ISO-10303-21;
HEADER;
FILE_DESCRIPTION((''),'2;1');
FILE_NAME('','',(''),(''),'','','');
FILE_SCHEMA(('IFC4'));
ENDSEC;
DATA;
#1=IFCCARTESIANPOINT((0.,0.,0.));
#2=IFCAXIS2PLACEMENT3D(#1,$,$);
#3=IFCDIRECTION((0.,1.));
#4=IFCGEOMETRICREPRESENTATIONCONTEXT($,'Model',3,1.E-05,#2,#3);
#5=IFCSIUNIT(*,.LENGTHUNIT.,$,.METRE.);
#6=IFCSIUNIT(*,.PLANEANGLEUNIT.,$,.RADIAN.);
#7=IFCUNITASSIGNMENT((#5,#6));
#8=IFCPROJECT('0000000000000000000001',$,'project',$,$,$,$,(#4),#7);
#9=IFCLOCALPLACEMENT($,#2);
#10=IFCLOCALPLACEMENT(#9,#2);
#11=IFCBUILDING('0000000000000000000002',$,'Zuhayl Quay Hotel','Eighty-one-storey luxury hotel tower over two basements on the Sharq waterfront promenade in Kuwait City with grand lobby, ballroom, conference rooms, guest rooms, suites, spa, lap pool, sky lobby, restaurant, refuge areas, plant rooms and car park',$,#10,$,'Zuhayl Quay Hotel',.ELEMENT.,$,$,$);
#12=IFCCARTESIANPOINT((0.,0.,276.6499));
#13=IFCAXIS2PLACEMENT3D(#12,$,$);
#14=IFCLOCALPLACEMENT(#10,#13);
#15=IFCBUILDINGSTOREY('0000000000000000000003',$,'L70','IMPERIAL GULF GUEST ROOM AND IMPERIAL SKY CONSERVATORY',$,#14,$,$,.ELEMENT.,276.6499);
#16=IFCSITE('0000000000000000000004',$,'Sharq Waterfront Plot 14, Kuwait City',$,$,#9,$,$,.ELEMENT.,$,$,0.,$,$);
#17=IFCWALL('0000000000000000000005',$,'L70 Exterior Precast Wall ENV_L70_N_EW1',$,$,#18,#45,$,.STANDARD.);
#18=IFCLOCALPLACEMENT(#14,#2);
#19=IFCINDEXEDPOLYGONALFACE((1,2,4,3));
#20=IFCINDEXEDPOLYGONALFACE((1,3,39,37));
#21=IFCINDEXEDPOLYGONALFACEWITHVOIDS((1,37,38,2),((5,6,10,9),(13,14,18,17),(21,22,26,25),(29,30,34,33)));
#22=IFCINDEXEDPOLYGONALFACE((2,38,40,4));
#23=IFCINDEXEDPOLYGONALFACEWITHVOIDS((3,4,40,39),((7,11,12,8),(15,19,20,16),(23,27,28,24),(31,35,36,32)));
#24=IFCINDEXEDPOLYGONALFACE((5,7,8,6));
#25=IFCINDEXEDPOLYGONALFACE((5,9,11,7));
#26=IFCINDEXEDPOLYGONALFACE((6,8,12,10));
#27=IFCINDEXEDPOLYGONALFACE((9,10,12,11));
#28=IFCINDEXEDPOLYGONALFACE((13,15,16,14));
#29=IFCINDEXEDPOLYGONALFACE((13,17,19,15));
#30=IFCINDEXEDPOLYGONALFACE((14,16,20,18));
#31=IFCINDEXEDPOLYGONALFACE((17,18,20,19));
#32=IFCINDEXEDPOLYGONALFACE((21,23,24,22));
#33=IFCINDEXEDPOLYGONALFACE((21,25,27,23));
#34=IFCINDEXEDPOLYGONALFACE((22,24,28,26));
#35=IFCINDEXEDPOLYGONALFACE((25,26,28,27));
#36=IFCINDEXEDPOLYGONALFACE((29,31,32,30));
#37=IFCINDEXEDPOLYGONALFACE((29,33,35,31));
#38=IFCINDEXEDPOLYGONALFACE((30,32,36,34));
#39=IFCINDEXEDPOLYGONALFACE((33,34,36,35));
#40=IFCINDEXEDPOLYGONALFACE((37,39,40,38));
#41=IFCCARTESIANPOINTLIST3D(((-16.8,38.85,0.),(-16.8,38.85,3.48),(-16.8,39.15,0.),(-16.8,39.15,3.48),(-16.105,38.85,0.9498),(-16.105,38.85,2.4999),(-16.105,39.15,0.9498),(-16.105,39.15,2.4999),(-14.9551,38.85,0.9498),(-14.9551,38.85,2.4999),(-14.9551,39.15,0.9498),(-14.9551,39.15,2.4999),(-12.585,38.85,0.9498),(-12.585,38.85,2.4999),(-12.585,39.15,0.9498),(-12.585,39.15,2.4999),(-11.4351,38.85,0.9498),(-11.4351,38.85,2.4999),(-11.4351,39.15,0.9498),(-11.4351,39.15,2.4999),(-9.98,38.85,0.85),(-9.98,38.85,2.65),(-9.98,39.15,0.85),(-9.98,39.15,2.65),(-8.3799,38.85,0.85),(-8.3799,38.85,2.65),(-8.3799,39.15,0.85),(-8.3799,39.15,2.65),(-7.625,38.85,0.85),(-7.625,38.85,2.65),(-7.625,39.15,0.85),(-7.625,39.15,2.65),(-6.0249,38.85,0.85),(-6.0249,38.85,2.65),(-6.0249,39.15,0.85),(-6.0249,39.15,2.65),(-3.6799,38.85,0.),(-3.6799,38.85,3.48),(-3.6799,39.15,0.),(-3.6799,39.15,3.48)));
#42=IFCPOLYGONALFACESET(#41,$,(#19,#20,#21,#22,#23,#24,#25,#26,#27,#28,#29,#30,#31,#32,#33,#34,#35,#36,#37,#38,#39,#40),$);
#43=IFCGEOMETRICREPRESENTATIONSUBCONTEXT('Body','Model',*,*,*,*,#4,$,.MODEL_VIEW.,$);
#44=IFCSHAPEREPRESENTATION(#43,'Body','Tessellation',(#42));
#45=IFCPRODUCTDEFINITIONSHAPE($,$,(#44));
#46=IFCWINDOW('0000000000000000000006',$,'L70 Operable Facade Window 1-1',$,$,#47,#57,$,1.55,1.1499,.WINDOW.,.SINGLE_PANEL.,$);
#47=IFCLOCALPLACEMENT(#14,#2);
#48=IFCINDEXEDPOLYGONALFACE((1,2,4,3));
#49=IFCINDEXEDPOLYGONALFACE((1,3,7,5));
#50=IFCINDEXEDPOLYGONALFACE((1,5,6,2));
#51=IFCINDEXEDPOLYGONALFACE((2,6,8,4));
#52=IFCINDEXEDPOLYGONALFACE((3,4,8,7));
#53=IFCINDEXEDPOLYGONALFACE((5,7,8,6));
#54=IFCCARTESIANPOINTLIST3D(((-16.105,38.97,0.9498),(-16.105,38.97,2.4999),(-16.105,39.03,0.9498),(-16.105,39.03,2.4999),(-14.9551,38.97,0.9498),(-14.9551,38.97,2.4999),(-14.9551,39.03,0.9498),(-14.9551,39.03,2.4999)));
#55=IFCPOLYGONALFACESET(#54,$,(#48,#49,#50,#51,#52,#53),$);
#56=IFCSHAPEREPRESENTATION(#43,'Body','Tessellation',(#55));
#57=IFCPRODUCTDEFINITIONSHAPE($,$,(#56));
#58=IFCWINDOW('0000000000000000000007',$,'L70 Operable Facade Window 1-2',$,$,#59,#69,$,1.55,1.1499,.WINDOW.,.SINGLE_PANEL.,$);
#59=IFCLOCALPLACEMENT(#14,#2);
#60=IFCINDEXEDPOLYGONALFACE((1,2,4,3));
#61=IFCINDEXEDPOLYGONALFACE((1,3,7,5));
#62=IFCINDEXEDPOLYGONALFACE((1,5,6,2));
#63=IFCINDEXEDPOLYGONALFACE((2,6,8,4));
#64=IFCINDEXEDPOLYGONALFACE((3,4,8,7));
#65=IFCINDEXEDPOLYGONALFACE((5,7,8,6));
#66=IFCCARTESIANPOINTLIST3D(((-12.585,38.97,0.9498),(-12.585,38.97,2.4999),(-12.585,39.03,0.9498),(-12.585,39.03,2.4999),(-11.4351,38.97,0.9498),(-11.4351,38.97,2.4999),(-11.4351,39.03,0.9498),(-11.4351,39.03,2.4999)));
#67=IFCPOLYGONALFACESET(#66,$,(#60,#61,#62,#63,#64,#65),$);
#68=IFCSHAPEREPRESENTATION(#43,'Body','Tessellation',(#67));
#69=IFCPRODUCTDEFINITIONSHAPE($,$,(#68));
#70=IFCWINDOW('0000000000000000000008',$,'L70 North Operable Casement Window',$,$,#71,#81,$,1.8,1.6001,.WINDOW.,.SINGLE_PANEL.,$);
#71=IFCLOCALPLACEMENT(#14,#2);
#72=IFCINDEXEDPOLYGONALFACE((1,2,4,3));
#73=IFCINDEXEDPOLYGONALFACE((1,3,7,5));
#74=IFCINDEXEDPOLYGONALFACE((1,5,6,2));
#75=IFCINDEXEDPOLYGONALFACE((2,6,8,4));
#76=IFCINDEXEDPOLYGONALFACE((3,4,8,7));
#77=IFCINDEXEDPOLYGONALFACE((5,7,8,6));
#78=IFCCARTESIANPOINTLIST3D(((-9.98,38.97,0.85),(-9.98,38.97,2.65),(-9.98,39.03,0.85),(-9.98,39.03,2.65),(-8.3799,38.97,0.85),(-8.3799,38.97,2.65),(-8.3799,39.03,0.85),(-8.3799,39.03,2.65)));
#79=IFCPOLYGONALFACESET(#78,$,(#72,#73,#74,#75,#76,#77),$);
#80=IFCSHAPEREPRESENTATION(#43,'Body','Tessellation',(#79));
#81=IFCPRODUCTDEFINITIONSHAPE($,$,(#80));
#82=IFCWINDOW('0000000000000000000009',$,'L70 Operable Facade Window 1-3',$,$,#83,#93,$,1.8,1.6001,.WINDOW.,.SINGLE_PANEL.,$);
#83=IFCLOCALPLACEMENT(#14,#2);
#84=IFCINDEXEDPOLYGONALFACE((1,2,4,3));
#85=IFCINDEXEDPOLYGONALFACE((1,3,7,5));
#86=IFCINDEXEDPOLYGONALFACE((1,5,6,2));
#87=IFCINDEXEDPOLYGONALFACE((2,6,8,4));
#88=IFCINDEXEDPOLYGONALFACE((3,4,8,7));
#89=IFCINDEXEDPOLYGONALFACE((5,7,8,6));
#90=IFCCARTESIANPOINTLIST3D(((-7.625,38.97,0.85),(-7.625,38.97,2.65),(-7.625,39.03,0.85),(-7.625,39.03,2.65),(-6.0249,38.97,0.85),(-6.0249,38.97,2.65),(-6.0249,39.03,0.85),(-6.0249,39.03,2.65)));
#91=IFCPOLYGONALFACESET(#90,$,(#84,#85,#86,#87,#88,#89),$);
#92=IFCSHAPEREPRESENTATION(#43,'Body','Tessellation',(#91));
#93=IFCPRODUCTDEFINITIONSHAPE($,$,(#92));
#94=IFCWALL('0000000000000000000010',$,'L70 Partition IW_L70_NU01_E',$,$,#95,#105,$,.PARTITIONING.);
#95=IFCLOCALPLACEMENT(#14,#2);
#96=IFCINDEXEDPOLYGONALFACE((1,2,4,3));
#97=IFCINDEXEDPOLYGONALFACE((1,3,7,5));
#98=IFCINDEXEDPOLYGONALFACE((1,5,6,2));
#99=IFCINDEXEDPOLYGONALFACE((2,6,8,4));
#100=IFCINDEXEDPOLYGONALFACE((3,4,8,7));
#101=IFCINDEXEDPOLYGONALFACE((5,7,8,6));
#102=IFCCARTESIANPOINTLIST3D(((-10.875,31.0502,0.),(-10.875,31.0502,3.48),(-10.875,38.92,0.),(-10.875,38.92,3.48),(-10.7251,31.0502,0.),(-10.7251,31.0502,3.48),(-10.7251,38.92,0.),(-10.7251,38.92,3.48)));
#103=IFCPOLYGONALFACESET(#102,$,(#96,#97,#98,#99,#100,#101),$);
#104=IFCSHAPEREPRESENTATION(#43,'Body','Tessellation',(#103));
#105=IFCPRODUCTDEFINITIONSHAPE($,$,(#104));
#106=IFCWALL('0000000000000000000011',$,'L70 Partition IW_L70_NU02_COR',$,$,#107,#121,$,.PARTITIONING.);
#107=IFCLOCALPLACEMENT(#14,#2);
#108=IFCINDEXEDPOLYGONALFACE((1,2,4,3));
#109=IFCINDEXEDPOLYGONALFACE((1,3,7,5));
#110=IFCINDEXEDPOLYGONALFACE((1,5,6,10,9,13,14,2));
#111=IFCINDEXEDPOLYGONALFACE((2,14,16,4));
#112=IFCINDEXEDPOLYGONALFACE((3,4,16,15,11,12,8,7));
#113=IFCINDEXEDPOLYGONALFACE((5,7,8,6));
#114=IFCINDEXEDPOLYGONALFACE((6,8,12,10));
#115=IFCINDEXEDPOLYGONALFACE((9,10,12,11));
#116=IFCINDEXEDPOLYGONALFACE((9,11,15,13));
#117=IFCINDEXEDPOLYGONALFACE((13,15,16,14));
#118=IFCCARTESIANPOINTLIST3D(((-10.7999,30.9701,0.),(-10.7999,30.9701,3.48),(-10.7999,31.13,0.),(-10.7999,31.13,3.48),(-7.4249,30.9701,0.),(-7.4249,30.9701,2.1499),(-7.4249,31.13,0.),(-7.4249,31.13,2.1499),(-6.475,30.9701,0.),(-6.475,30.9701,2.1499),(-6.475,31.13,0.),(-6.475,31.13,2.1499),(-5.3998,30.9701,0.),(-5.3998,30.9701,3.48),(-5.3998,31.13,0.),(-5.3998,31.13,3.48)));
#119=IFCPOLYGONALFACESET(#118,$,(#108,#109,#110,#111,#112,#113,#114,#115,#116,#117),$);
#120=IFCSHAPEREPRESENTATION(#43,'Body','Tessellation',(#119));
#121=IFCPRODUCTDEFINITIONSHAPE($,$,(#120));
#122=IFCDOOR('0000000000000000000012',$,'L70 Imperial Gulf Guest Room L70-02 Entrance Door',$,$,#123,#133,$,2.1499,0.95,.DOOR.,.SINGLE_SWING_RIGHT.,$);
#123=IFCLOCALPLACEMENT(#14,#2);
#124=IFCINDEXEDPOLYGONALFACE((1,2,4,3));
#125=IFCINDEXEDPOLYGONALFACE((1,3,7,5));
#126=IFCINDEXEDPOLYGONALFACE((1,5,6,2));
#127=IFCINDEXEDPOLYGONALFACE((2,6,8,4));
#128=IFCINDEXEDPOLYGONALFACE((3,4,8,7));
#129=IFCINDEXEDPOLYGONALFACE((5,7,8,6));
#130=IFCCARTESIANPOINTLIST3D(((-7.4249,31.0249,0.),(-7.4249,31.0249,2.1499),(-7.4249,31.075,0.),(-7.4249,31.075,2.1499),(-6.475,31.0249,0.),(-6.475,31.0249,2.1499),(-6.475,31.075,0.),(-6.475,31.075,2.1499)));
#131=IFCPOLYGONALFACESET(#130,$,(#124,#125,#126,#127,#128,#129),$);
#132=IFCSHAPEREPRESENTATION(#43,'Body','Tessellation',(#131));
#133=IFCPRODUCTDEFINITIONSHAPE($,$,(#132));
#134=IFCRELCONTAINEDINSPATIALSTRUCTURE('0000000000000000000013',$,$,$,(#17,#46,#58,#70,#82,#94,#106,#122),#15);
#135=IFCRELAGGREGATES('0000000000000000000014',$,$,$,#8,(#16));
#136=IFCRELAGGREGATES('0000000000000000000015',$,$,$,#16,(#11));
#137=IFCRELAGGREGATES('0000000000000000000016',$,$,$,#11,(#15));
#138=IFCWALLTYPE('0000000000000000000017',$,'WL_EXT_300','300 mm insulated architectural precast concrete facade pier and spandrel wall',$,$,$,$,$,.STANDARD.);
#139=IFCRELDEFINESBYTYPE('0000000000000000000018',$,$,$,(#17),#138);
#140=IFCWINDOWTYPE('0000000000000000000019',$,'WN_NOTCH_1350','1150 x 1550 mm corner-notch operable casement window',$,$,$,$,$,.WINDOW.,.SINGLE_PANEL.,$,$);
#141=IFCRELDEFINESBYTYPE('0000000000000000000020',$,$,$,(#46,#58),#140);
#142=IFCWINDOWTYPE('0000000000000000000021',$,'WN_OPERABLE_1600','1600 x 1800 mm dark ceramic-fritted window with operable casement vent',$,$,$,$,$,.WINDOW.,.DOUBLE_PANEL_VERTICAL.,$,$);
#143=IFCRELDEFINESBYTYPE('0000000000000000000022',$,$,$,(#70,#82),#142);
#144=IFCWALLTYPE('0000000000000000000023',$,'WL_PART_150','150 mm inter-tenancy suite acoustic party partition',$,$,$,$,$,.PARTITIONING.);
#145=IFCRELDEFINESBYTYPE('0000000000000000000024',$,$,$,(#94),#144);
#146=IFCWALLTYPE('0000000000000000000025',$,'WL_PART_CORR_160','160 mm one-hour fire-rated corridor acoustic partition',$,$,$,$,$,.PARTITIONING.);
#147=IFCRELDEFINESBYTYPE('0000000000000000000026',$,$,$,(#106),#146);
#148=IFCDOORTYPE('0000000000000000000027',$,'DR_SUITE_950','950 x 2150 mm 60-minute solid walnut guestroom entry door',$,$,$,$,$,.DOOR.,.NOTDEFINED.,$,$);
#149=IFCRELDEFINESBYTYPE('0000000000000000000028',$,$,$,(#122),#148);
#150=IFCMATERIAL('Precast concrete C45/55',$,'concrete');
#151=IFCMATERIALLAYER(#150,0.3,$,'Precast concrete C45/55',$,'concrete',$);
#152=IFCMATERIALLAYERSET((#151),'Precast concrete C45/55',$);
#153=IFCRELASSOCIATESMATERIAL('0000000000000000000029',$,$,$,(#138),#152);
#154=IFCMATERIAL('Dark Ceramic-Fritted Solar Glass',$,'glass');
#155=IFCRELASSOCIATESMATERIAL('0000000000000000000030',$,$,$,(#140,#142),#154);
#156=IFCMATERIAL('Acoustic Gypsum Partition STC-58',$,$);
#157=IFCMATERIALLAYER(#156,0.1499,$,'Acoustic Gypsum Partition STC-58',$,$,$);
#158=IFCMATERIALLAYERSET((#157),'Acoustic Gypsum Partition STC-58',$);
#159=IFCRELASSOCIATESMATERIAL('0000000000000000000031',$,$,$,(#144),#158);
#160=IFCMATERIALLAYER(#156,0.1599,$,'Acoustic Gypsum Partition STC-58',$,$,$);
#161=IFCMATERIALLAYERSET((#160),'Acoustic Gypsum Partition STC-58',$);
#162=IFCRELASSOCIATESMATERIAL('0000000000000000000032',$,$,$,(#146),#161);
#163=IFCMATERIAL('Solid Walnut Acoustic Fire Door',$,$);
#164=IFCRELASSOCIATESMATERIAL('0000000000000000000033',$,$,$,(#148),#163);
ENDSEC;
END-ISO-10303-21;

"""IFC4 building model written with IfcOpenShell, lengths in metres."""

from ifc_helpers import new_model, si_unit, direction, frame, frame_2d, origin, place, context, subcontext, project, spatial, rectangle, extrude, material, layer, layer_set, type_object, element, fill, save


model = new_model("IFC4")

# Units and contexts
model_context = context("Model", 3, precision=1e-05, world=origin(), true_north=direction((0.0, 1.0)))
body_context = subcontext(model_context, "Body", "Model", "MODEL_VIEW")
ifc_project = project(units=[si_unit("LENGTHUNIT", "METRE"), si_unit("PLANEANGLEUNIT", "RADIAN")], contexts=[model_context])

# Site, building, storey
site_placement = place(None, origin())
site = spatial("IfcSite", under=ifc_project, at=site_placement, Name="Sharq Waterfront Plot 14, Kuwait City", CompositionType="ELEMENT", RefElevation=0.0)
building_placement = place(site_placement, origin())
building = spatial("IfcBuilding", under=site, at=building_placement, Name="Zuhayl Quay Hotel", Description="Eighty-one-storey luxury hotel tower over two basements on the Sharq waterfront promenade in Kuwait City with grand lobby, ballroom, conference rooms, guest rooms, suites, spa, lap pool, sky lobby, restaurant, refuge areas, plant rooms and car park", LongName="Zuhayl Quay Hotel", CompositionType="ELEMENT")
storey_placement = place(building_placement, frame((0.0, 0.0, 276.6499)))
storey = spatial("IfcBuildingStorey", under=building, at=storey_placement, Name="L70", Description="IMPERIAL GULF GUEST ROOM AND IMPERIAL SKY CONSERVATORY", CompositionType="ELEMENT", Elevation=276.6499)

# Shared definitions
ifc_material_1 = material(Name="Precast concrete C45/55", Category="concrete")
ifc_layer_1 = layer(ifc_material_1, 0.3, Name="Precast concrete C45/55", Category="concrete")
ifc_layer_set_1 = layer_set([ifc_layer_1], Name="Precast concrete C45/55")
wall_type_1 = type_object("IfcWallType", Name="WL_EXT_300", Description="300 mm insulated architectural precast concrete facade pier and spandrel wall", PredefinedType="STANDARD", material=ifc_layer_set_1)
ifc_material_2 = material(Name="Dark Ceramic-Fritted Solar Glass", Category="glass")
window_type_1 = type_object("IfcWindowType", Name="WN_NOTCH_1350", Description="1150 x 1550 mm corner-notch operable casement window", PartitioningType="SINGLE_PANEL", PredefinedType="WINDOW", material=ifc_material_2)

# Wall, openings, windows
wall_1_placement = place(storey_placement, frame((-16.8, 39.0, 0.0), z_axis=(0.0, 0.0, 1.0), x_axis=(1.0, 0.0, 0.0)))
wall_1 = element("IfcWall", 1, at=wall_1_placement, inside=storey, type_object=wall_type_1, Name="L70 Exterior Precast Wall ENV_L70_N_EW1", PredefinedType="STANDARD", context=body_context, shape_type="SweptSolid", body=[
    extrude(rectangle(XDim=13.1201, YDim=0.3, at=frame_2d((6.5601, 0.0))), origin(), (0.0, 0.0, 1.0), 3.48),
])
opening_1_placement = place(wall_1_placement, frame((6.8201, 0.0, 0.8501)))
opening_1 = element("IfcOpeningElement", 2, at=opening_1_placement, cuts=wall_1, PredefinedType="OPENING", context=body_context, shape_type="SweptSolid", body=[
    extrude(rectangle(XDim=1.6001, YDim=1.8, at=frame_2d((0.8, 0.8999))), frame((0.0, 0.1599, 0.0), z_axis=(0.0, -1.0, 0.0), x_axis=(1.0, 0.0, 0.0)), (0.0, 0.0, 1.0), 0.3201),
])
opening_2_placement = place(wall_1_placement, frame((0.6951, 0.0, 0.95)))
opening_2 = element("IfcOpeningElement", 3, at=opening_2_placement, cuts=wall_1, PredefinedType="OPENING", context=body_context, shape_type="SweptSolid", body=[
    extrude(rectangle(XDim=1.1499, YDim=1.55, at=frame_2d((0.575, 0.7749))), frame((0.0, 0.1599, 0.0), z_axis=(0.0, -1.0, 0.0), x_axis=(1.0, 0.0, 0.0)), (0.0, 0.0, 1.0), 0.3201),
])
opening_3_placement = place(wall_1_placement, frame((4.2151, 0.0, 0.95)))
opening_3 = element("IfcOpeningElement", 4, at=opening_3_placement, cuts=wall_1, PredefinedType="OPENING", context=body_context, shape_type="SweptSolid", body=[
    extrude(rectangle(XDim=1.1499, YDim=1.55, at=frame_2d((0.575, 0.7749))), frame((0.0, 0.1599, 0.0), z_axis=(0.0, -1.0, 0.0), x_axis=(1.0, 0.0, 0.0)), (0.0, 0.0, 1.0), 0.3201),
])
opening_4_placement = place(wall_1_placement, frame((9.175, 0.0, 0.8501)))
opening_4 = element("IfcOpeningElement", 5, at=opening_4_placement, cuts=wall_1, PredefinedType="OPENING", context=body_context, shape_type="SweptSolid", body=[
    extrude(rectangle(XDim=1.6001, YDim=1.8, at=frame_2d((0.8, 0.8999))), frame((0.0, 0.1599, 0.0), z_axis=(0.0, -1.0, 0.0), x_axis=(1.0, 0.0, 0.0)), (0.0, 0.0, 1.0), 0.3201),
])
window_1_placement = place(opening_2_placement, origin())
window_1 = element("IfcWindow", 6, at=window_1_placement, inside=storey, type_object=window_type_1, Name="L70 Operable Facade Window 1-1", OverallHeight=1.55, OverallWidth=1.1499, PartitioningType="SINGLE_PANEL", PredefinedType="WINDOW", context=body_context, shape_type="SweptSolid", body=[
    extrude(rectangle(XDim=1.1499, YDim=1.55, at=frame_2d((0.575, 0.7749))), frame((0.0, 0.03, 0.0), z_axis=(0.0, -1.0, 0.0), x_axis=(1.0, 0.0, 0.0)), (0.0, 0.0, 1.0), 0.0601),
])
fill(opening_2, window_1)
window_2_placement = place(opening_3_placement, origin())
window_2 = element("IfcWindow", 7, at=window_2_placement, inside=storey, type_object=window_type_1, Name="L70 Operable Facade Window 1-2", OverallHeight=1.55, OverallWidth=1.1499, PartitioningType="SINGLE_PANEL", PredefinedType="WINDOW", context=body_context, shape_type="SweptSolid", body=[
    extrude(rectangle(XDim=1.1499, YDim=1.55, at=frame_2d((0.575, 0.7749))), frame((0.0, 0.03, 0.0), z_axis=(0.0, -1.0, 0.0), x_axis=(1.0, 0.0, 0.0)), (0.0, 0.0, 1.0), 0.0601),
])
fill(opening_3, window_2)
window_type_2 = type_object("IfcWindowType", Name="WN_OPERABLE_1600", Description="1600 x 1800 mm dark ceramic-fritted window with operable casement vent", PartitioningType="DOUBLE_PANEL_VERTICAL", PredefinedType="WINDOW", material=ifc_material_2)
window_3_placement = place(opening_1_placement, origin())
window_3 = element("IfcWindow", 8, at=window_3_placement, inside=storey, type_object=window_type_2, Name="L70 North Operable Casement Window", OverallHeight=1.8, OverallWidth=1.6001, PartitioningType="SINGLE_PANEL", PredefinedType="WINDOW", context=body_context, shape_type="SweptSolid", body=[
    extrude(rectangle(XDim=1.6001, YDim=1.8, at=frame_2d((0.8, 0.8999))), frame((0.0, 0.03, 0.0), z_axis=(0.0, -1.0, 0.0), x_axis=(1.0, 0.0, 0.0)), (0.0, 0.0, 1.0), 0.0601),
])
fill(opening_1, window_3)
window_4_placement = place(opening_4_placement, origin())
window_4 = element("IfcWindow", 9, at=window_4_placement, inside=storey, type_object=window_type_2, Name="L70 Operable Facade Window 1-3", OverallHeight=1.8, OverallWidth=1.6001, PartitioningType="SINGLE_PANEL", PredefinedType="WINDOW", context=body_context, shape_type="SweptSolid", body=[
    extrude(rectangle(XDim=1.6001, YDim=1.8, at=frame_2d((0.8, 0.8999))), frame((0.0, 0.03, 0.0), z_axis=(0.0, -1.0, 0.0), x_axis=(1.0, 0.0, 0.0)), (0.0, 0.0, 1.0), 0.0601),
])
fill(opening_4, window_4)

# Wall
ifc_material_3 = material(Name="Acoustic Gypsum Partition STC-58")
ifc_layer_2 = layer(ifc_material_3, 0.1499, Name="Acoustic Gypsum Partition STC-58")
ifc_layer_set_2 = layer_set([ifc_layer_2], Name="Acoustic Gypsum Partition STC-58")
wall_type_2 = type_object("IfcWallType", Name="WL_PART_150", Description="150 mm inter-tenancy suite acoustic party partition", PredefinedType="PARTITIONING", material=ifc_layer_set_2)
wall_2_placement = place(storey_placement, frame((-10.8, 31.05, 0.0), z_axis=(0.0, 0.0, 1.0), x_axis=(0.0, 1.0, 0.0)))
element("IfcWall", 10, at=wall_2_placement, inside=storey, type_object=wall_type_2, Name="L70 Partition IW_L70_NU01_E", PredefinedType="PARTITIONING", context=body_context, shape_type="SweptSolid", body=[
    extrude(rectangle(XDim=7.8699, YDim=0.1499, at=frame_2d((3.9351, 0.0))), origin(), (0.0, 0.0, 1.0), 3.48),
])

# Wall, opening, door
ifc_layer_3 = layer(ifc_material_3, 0.1599, Name="Acoustic Gypsum Partition STC-58")
ifc_layer_set_3 = layer_set([ifc_layer_3], Name="Acoustic Gypsum Partition STC-58")
wall_type_3 = type_object("IfcWallType", Name="WL_PART_CORR_160", Description="160 mm one-hour fire-rated corridor acoustic partition", PredefinedType="PARTITIONING", material=ifc_layer_set_3)
wall_3_placement = place(storey_placement, frame((-10.8, 31.05, 0.0), z_axis=(0.0, 0.0, 1.0), x_axis=(1.0, 0.0, 0.0)))
wall_3 = element("IfcWall", 11, at=wall_3_placement, inside=storey, type_object=wall_type_3, Name="L70 Partition IW_L70_NU02_COR", PredefinedType="PARTITIONING", context=body_context, shape_type="SweptSolid", body=[
    extrude(rectangle(XDim=5.4001, YDim=0.1599, at=frame_2d((2.7002, 0.0))), origin(), (0.0, 0.0, 1.0), 3.48),
])
opening_5_placement = place(wall_3_placement, frame((3.375, 0.0, 0.0)))
opening_5 = element("IfcOpeningElement", 12, at=opening_5_placement, cuts=wall_3, PredefinedType="OPENING", context=body_context, shape_type="SweptSolid", body=[
    extrude(rectangle(XDim=0.95, YDim=2.1499, at=frame_2d((0.4751, 1.075))), frame((0.0, 0.0898, 0.0), z_axis=(0.0, -1.0, 0.0), x_axis=(1.0, 0.0, 0.0)), (0.0, 0.0, 1.0), 0.1799),
])
ifc_material_4 = material(Name="Solid Walnut Acoustic Fire Door")
door_type_1 = type_object("IfcDoorType", Name="DR_SUITE_950", Description="950 x 2150 mm 60-minute solid walnut guestroom entry door", OperationType="NOTDEFINED", PredefinedType="DOOR", material=ifc_material_4)
door_1_placement = place(opening_5_placement, origin())
door_1 = element("IfcDoor", 13, at=door_1_placement, inside=storey, type_object=door_type_1, Name="L70 Imperial Gulf Guest Room L70-02 Entrance Door", OperationType="SINGLE_SWING_RIGHT", OverallHeight=2.1499, OverallWidth=0.95, PredefinedType="DOOR", context=body_context, shape_type="SweptSolid", body=[
    extrude(rectangle(XDim=0.95, YDim=2.1499, at=frame_2d((0.4751, 1.075))), frame((0.0, 0.0249, 0.0), z_axis=(0.0, -1.0, 0.0), x_axis=(1.0, 0.0, 0.0)), (0.0, 0.0, 1.0), 0.05),
])
fill(opening_5, door_1)

save(model, "model.ifc")
